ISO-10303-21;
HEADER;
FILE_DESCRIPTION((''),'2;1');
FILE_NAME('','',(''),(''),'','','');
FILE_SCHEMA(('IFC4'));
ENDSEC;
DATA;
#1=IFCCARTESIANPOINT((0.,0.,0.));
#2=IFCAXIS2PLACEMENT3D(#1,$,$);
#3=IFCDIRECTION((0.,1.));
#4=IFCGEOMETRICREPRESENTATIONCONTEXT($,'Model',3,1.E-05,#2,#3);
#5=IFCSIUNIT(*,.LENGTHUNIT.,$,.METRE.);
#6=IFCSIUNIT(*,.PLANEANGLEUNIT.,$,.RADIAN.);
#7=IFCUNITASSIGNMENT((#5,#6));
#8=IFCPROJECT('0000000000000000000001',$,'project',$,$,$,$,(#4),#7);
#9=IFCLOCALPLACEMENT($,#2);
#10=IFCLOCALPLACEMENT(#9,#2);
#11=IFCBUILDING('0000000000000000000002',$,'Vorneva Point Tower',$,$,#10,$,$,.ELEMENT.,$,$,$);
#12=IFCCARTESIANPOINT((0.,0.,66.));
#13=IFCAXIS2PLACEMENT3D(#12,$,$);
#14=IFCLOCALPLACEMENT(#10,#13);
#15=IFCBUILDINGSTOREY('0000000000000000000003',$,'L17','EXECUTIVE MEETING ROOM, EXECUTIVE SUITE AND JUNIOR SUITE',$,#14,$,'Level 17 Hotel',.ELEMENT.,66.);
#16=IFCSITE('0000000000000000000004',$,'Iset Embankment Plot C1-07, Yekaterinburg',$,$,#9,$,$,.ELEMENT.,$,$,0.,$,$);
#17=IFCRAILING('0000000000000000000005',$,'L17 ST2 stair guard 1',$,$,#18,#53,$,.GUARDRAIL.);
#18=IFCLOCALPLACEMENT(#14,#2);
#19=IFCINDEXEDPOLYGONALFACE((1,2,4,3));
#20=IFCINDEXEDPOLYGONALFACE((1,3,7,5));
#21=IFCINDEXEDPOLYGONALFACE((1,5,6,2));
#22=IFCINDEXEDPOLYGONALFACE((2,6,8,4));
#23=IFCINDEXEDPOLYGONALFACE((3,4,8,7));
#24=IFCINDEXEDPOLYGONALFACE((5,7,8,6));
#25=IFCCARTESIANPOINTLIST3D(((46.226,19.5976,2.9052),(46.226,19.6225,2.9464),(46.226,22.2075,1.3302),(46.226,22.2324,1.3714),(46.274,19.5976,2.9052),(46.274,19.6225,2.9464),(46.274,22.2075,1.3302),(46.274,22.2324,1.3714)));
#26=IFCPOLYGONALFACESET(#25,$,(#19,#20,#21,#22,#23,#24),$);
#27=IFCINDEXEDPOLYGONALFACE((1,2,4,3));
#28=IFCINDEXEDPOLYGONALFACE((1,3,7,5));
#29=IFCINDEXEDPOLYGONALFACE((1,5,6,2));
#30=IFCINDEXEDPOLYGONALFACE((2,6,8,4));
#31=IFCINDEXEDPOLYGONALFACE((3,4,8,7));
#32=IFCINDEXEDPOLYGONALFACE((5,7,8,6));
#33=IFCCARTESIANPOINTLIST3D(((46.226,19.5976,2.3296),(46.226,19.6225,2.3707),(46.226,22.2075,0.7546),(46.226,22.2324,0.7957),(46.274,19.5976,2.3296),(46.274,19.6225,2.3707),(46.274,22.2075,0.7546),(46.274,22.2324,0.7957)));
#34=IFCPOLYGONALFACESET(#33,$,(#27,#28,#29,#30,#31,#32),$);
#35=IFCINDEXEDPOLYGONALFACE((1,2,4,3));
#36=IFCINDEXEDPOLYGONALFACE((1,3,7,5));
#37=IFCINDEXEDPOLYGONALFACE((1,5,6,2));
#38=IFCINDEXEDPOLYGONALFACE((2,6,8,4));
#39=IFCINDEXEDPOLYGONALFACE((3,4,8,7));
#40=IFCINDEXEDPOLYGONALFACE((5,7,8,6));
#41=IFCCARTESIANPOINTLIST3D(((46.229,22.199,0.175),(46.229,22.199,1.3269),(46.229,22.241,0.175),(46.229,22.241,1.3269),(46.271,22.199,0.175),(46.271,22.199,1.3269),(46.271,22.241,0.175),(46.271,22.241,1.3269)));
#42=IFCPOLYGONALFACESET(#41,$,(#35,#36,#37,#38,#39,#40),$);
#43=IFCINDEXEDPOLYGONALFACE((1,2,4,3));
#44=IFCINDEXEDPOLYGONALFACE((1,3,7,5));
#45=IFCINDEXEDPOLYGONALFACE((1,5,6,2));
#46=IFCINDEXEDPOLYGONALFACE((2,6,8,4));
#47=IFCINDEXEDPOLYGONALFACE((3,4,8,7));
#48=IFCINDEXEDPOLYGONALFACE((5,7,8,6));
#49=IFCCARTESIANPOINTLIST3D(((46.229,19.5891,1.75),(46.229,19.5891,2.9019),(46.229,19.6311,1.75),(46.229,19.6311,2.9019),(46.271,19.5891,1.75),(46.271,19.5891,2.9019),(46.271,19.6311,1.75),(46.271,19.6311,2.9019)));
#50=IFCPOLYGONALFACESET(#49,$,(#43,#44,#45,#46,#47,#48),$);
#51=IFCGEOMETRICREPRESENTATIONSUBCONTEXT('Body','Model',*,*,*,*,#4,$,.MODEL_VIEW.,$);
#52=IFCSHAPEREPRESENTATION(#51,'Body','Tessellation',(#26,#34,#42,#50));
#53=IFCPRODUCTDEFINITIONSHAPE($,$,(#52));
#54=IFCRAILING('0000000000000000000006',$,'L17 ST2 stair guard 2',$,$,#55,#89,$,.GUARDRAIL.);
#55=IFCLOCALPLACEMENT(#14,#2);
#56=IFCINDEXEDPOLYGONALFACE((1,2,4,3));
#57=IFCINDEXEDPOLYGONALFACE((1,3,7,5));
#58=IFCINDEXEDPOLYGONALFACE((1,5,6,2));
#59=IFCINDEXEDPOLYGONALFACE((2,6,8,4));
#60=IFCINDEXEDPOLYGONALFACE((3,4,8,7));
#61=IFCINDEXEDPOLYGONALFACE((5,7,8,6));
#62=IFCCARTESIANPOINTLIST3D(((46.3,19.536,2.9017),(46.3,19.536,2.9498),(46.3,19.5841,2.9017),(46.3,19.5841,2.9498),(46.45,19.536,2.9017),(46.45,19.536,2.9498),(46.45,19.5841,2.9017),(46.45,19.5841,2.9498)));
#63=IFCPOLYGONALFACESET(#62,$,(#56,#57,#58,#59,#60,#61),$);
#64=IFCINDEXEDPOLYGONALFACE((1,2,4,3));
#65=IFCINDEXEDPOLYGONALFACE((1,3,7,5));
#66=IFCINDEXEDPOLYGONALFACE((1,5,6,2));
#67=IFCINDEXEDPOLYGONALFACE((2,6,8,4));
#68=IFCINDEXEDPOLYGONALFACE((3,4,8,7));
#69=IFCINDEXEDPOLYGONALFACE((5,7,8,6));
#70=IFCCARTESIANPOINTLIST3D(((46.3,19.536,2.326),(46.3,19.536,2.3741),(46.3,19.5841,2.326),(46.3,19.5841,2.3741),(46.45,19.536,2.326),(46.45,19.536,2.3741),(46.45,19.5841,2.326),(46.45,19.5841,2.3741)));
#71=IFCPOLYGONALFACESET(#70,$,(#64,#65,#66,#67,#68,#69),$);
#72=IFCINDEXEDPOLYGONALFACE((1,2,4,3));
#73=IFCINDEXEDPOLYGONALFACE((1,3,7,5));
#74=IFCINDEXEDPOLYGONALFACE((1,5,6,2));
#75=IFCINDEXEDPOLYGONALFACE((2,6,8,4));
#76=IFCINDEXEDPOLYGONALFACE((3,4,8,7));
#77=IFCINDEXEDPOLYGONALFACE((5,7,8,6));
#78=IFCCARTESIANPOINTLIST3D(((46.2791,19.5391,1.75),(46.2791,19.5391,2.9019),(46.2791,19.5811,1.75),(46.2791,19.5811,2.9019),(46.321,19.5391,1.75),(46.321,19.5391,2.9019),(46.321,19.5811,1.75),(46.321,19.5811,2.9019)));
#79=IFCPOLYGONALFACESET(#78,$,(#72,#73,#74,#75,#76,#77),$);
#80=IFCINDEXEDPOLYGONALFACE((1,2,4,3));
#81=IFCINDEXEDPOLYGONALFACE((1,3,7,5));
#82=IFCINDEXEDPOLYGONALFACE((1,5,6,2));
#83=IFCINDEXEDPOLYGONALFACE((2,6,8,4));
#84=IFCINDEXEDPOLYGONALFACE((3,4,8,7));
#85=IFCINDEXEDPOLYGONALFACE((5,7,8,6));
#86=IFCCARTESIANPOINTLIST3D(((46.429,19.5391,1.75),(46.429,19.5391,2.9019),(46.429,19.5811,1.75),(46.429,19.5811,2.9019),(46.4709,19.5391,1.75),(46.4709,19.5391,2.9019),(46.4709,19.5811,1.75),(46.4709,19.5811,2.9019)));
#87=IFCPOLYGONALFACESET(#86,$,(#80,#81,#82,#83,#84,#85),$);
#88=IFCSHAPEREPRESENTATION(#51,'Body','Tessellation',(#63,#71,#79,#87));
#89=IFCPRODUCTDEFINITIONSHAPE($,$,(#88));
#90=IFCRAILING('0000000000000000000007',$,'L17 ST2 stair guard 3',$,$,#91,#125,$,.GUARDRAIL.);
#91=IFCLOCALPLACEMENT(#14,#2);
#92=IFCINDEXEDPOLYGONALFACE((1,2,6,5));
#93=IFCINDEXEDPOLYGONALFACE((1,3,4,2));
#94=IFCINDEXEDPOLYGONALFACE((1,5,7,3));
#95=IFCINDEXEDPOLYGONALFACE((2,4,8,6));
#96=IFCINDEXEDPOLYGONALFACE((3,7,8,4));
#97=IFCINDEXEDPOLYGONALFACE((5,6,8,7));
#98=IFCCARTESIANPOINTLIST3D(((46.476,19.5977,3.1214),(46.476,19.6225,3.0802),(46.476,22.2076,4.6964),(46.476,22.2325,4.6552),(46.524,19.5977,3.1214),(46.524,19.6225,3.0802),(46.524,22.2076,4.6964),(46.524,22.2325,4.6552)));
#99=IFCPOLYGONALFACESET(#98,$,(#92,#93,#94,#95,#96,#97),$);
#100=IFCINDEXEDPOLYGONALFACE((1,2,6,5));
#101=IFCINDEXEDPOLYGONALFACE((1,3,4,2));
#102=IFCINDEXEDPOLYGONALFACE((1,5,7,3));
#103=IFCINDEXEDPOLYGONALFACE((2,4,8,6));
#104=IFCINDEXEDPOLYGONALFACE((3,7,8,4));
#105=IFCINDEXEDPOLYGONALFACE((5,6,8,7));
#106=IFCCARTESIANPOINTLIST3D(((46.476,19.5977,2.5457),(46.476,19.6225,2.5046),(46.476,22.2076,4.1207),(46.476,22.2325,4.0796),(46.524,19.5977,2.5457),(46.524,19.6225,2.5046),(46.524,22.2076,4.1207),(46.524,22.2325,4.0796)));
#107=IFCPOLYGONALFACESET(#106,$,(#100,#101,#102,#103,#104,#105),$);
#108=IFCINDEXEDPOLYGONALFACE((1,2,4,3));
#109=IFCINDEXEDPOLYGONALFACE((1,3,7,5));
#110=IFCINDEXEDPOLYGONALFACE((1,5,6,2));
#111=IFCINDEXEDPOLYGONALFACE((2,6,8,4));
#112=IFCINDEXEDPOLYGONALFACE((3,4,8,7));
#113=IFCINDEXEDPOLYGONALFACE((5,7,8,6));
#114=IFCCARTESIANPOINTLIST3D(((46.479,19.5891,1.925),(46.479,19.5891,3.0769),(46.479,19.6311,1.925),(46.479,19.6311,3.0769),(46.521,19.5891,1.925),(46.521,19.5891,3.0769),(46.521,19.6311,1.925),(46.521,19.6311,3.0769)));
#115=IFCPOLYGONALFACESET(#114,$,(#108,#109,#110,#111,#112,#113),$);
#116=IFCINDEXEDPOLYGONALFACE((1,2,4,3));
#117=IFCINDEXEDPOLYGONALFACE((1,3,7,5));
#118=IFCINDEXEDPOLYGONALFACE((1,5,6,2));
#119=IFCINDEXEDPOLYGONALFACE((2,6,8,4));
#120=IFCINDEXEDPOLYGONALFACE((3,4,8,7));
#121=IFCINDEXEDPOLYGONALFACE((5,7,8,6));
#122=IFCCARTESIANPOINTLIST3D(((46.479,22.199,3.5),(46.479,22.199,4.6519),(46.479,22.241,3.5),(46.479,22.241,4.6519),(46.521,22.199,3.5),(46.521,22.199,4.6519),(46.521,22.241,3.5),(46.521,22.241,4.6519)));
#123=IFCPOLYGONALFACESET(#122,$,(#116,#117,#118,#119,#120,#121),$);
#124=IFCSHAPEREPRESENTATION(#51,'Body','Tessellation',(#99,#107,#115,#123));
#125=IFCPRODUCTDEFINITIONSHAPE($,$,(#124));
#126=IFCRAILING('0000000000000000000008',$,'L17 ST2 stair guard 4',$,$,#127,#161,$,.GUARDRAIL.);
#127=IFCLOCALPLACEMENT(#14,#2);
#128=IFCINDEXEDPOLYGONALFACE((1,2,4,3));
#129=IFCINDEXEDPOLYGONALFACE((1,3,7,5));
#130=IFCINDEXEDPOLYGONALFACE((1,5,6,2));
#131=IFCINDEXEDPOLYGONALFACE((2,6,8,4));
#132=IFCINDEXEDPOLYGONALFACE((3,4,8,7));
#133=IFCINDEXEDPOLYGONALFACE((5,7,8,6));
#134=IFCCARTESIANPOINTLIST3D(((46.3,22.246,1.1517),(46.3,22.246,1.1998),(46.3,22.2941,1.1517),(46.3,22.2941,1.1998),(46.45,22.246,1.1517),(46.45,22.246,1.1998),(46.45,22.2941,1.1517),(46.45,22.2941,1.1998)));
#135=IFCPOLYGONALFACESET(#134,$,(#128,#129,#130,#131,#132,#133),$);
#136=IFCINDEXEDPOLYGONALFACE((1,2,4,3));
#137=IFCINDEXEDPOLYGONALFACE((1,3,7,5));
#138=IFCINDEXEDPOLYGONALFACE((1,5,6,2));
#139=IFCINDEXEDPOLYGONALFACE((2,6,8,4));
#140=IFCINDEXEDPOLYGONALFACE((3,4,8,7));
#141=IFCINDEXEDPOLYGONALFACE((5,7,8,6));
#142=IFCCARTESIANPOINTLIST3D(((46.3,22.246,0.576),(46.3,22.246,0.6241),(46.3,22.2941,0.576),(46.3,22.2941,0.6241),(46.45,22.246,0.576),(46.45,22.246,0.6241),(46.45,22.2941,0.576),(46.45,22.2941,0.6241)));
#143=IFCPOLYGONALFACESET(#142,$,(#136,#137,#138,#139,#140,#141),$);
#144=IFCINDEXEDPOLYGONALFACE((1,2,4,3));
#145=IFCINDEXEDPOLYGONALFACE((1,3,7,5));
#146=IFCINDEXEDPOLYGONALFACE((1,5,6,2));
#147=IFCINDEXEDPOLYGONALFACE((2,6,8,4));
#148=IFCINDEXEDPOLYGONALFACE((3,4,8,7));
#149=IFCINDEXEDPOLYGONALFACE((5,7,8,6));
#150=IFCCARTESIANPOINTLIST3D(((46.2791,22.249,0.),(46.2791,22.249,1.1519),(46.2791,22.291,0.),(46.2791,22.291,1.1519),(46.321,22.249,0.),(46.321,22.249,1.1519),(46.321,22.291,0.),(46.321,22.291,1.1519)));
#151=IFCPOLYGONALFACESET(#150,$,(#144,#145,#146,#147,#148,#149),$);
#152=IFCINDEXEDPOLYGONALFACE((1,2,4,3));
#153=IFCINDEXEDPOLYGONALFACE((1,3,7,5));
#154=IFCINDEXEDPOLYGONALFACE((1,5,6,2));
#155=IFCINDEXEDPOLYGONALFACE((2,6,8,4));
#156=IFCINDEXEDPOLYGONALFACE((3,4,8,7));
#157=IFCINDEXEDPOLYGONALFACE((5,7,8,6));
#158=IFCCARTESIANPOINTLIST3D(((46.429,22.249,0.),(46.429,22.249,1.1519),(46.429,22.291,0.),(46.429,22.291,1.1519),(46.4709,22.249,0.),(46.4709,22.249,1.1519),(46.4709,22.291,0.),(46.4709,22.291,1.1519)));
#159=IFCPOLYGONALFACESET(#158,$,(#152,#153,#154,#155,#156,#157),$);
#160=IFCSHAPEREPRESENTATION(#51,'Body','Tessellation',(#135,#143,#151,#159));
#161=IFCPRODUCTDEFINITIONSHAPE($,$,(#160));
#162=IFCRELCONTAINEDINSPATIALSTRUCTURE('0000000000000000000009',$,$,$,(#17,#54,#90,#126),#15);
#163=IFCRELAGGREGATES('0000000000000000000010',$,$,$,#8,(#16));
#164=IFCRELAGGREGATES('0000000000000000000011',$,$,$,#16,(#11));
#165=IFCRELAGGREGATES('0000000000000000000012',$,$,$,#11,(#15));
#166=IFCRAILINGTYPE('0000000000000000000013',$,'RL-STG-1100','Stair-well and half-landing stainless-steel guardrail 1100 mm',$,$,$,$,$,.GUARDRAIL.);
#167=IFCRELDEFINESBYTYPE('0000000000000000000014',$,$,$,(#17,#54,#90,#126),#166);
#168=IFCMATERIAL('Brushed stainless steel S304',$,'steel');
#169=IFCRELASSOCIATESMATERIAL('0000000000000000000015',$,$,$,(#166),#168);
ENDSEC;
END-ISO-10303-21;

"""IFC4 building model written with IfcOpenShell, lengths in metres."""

from ifc_helpers import new_model, si_unit, direction, frame, origin, origin_2d, place, context, subcontext, project, spatial, rectangle, extrude, material, type_object, element, save


model = new_model("IFC4")

# Units and contexts
model_context = context("Model", 3, precision=1e-05, world=origin(), true_north=direction((0.0, 1.0)))
body_context = subcontext(model_context, "Body", "Model", "MODEL_VIEW")
ifc_project = project(units=[si_unit("LENGTHUNIT", "METRE"), si_unit("PLANEANGLEUNIT", "RADIAN")], contexts=[model_context])

# Site, building, storey
site_placement = place(None, origin())
site = spatial("IfcSite", under=ifc_project, at=site_placement, Name="Iset Embankment Plot C1-07, Yekaterinburg", CompositionType="ELEMENT", RefElevation=0.0)
building_placement = place(site_placement, origin())
building = spatial("IfcBuilding", under=site, at=building_placement, Name="Vorneva Point Tower", CompositionType="ELEMENT")
storey_placement = place(building_placement, frame((0.0, 0.0, 66.0)))
storey = spatial("IfcBuildingStorey", under=building, at=storey_placement, Name="L17", Description="EXECUTIVE MEETING ROOM, EXECUTIVE SUITE AND JUNIOR SUITE", LongName="Level 17 Hotel", CompositionType="ELEMENT", Elevation=66.0)

# Railings
ifc_material_1 = material(Name="Brushed stainless steel S304", Category="steel")
railing_type_1 = type_object("IfcRailingType", Name="RL-STG-1100", Description="Stair-well and half-landing stainless-steel guardrail 1100 mm", PredefinedType="GUARDRAIL", material=ifc_material_1)
railing_1_placement = place(storey_placement, frame((46.25, 22.22, 0.175)))
element("IfcRailing", 1, at=railing_1_placement, inside=storey, type_object=railing_type_1, Name="L17 ST2 stair guard 1", PredefinedType="GUARDRAIL", context=body_context, shape_type="SweptSolid", body=[
    extrude(rectangle(XDim=0.0481, YDim=0.0481, at=origin_2d()), frame((0.0, 0.0, 1.1758), z_axis=(0.0, -0.856183, 0.516673), x_axis=(1.0, 0.0, 0.0)), (0.0, 0.0, 1.0), 3.0483),
    extrude(rectangle(XDim=0.0481, YDim=0.0481, at=origin_2d()), frame((0.0, 0.0, 0.6001), z_axis=(0.0, -0.856183, 0.516673), x_axis=(1.0, 0.0, 0.0)), (0.0, 0.0, 1.0), 3.0483),
    extrude(rectangle(XDim=0.042, YDim=0.042, at=origin_2d()), origin(), (0.0, 0.0, 1.0), 1.1519),
    extrude(rectangle(XDim=0.042, YDim=0.042, at=origin_2d()), frame((0.0, -2.6099, 1.575)), (0.0, 0.0, 1.0), 1.1519),
])
railing_2_placement = place(storey_placement, frame((46.3, 19.5601, 1.75)))
element("IfcRailing", 2, at=railing_2_placement, inside=storey, type_object=railing_type_1, Name="L17 ST2 stair guard 2", PredefinedType="GUARDRAIL", context=body_context, shape_type="SweptSolid", body=[
    extrude(rectangle(XDim=0.0481, YDim=0.0481, at=origin_2d()), frame((0.0, 0.0, 1.1758), z_axis=(1.0, 0.0, 0.0), x_axis=(0.0, 1.0, 0.0)), (0.0, 0.0, 1.0), 0.1499),
    extrude(rectangle(XDim=0.0481, YDim=0.0481, at=origin_2d()), frame((0.0, 0.0, 0.6001), z_axis=(1.0, 0.0, 0.0), x_axis=(0.0, 1.0, 0.0)), (0.0, 0.0, 1.0), 0.1499),
    extrude(rectangle(XDim=0.042, YDim=0.042, at=origin_2d()), origin(), (0.0, 0.0, 1.0), 1.1519),
    extrude(rectangle(XDim=0.042, YDim=0.042, at=origin_2d()), frame((0.1499, 0.0, 0.0)), (0.0, 0.0, 1.0), 1.1519),
])
railing_3_placement = place(storey_placement, frame((46.5, 19.6101, 1.925)))
element("IfcRailing", 3, at=railing_3_placement, inside=storey, type_object=railing_type_1, Name="L17 ST2 stair guard 3", PredefinedType="GUARDRAIL", context=body_context, shape_type="SweptSolid", body=[
    extrude(rectangle(XDim=0.0481, YDim=0.0481, at=origin_2d()), frame((0.0, 0.0, 1.1758), z_axis=(0.0, 0.856183, 0.516673), x_axis=(-1.0, 0.0, 0.0)), (0.0, 0.0, 1.0), 3.0483),
    extrude(rectangle(XDim=0.0481, YDim=0.0481, at=origin_2d()), frame((0.0, 0.0, 0.6001), z_axis=(0.0, 0.856183, 0.516673), x_axis=(-1.0, 0.0, 0.0)), (0.0, 0.0, 1.0), 3.0483),
    extrude(rectangle(XDim=0.042, YDim=0.042, at=origin_2d()), origin(), (0.0, 0.0, 1.0), 1.1519),
    extrude(rectangle(XDim=0.042, YDim=0.042, at=origin_2d()), frame((0.0, 2.6099, 1.575)), (0.0, 0.0, 1.0), 1.1519),
])
railing_4_placement = place(storey_placement, frame((46.3, 22.27, 0.0)))
element("IfcRailing", 4, at=railing_4_placement, inside=storey, type_object=railing_type_1, Name="L17 ST2 stair guard 4", PredefinedType="GUARDRAIL", context=body_context, shape_type="SweptSolid", body=[
    extrude(rectangle(XDim=0.0481, YDim=0.0481, at=origin_2d()), frame((0.0, 0.0, 1.1758), z_axis=(1.0, 0.0, 0.0), x_axis=(0.0, 1.0, 0.0)), (0.0, 0.0, 1.0), 0.1499),
    extrude(rectangle(XDim=0.0481, YDim=0.0481, at=origin_2d()), frame((0.0, 0.0, 0.6001), z_axis=(1.0, 0.0, 0.0), x_axis=(0.0, 1.0, 0.0)), (0.0, 0.0, 1.0), 0.1499),
    extrude(rectangle(XDim=0.042, YDim=0.042, at=origin_2d()), origin(), (0.0, 0.0, 1.0), 1.1519),
    extrude(rectangle(XDim=0.042, YDim=0.042, at=origin_2d()), frame((0.1499, 0.0, 0.0)), (0.0, 0.0, 1.0), 1.1519),
])

save(model, "model.ifc")
